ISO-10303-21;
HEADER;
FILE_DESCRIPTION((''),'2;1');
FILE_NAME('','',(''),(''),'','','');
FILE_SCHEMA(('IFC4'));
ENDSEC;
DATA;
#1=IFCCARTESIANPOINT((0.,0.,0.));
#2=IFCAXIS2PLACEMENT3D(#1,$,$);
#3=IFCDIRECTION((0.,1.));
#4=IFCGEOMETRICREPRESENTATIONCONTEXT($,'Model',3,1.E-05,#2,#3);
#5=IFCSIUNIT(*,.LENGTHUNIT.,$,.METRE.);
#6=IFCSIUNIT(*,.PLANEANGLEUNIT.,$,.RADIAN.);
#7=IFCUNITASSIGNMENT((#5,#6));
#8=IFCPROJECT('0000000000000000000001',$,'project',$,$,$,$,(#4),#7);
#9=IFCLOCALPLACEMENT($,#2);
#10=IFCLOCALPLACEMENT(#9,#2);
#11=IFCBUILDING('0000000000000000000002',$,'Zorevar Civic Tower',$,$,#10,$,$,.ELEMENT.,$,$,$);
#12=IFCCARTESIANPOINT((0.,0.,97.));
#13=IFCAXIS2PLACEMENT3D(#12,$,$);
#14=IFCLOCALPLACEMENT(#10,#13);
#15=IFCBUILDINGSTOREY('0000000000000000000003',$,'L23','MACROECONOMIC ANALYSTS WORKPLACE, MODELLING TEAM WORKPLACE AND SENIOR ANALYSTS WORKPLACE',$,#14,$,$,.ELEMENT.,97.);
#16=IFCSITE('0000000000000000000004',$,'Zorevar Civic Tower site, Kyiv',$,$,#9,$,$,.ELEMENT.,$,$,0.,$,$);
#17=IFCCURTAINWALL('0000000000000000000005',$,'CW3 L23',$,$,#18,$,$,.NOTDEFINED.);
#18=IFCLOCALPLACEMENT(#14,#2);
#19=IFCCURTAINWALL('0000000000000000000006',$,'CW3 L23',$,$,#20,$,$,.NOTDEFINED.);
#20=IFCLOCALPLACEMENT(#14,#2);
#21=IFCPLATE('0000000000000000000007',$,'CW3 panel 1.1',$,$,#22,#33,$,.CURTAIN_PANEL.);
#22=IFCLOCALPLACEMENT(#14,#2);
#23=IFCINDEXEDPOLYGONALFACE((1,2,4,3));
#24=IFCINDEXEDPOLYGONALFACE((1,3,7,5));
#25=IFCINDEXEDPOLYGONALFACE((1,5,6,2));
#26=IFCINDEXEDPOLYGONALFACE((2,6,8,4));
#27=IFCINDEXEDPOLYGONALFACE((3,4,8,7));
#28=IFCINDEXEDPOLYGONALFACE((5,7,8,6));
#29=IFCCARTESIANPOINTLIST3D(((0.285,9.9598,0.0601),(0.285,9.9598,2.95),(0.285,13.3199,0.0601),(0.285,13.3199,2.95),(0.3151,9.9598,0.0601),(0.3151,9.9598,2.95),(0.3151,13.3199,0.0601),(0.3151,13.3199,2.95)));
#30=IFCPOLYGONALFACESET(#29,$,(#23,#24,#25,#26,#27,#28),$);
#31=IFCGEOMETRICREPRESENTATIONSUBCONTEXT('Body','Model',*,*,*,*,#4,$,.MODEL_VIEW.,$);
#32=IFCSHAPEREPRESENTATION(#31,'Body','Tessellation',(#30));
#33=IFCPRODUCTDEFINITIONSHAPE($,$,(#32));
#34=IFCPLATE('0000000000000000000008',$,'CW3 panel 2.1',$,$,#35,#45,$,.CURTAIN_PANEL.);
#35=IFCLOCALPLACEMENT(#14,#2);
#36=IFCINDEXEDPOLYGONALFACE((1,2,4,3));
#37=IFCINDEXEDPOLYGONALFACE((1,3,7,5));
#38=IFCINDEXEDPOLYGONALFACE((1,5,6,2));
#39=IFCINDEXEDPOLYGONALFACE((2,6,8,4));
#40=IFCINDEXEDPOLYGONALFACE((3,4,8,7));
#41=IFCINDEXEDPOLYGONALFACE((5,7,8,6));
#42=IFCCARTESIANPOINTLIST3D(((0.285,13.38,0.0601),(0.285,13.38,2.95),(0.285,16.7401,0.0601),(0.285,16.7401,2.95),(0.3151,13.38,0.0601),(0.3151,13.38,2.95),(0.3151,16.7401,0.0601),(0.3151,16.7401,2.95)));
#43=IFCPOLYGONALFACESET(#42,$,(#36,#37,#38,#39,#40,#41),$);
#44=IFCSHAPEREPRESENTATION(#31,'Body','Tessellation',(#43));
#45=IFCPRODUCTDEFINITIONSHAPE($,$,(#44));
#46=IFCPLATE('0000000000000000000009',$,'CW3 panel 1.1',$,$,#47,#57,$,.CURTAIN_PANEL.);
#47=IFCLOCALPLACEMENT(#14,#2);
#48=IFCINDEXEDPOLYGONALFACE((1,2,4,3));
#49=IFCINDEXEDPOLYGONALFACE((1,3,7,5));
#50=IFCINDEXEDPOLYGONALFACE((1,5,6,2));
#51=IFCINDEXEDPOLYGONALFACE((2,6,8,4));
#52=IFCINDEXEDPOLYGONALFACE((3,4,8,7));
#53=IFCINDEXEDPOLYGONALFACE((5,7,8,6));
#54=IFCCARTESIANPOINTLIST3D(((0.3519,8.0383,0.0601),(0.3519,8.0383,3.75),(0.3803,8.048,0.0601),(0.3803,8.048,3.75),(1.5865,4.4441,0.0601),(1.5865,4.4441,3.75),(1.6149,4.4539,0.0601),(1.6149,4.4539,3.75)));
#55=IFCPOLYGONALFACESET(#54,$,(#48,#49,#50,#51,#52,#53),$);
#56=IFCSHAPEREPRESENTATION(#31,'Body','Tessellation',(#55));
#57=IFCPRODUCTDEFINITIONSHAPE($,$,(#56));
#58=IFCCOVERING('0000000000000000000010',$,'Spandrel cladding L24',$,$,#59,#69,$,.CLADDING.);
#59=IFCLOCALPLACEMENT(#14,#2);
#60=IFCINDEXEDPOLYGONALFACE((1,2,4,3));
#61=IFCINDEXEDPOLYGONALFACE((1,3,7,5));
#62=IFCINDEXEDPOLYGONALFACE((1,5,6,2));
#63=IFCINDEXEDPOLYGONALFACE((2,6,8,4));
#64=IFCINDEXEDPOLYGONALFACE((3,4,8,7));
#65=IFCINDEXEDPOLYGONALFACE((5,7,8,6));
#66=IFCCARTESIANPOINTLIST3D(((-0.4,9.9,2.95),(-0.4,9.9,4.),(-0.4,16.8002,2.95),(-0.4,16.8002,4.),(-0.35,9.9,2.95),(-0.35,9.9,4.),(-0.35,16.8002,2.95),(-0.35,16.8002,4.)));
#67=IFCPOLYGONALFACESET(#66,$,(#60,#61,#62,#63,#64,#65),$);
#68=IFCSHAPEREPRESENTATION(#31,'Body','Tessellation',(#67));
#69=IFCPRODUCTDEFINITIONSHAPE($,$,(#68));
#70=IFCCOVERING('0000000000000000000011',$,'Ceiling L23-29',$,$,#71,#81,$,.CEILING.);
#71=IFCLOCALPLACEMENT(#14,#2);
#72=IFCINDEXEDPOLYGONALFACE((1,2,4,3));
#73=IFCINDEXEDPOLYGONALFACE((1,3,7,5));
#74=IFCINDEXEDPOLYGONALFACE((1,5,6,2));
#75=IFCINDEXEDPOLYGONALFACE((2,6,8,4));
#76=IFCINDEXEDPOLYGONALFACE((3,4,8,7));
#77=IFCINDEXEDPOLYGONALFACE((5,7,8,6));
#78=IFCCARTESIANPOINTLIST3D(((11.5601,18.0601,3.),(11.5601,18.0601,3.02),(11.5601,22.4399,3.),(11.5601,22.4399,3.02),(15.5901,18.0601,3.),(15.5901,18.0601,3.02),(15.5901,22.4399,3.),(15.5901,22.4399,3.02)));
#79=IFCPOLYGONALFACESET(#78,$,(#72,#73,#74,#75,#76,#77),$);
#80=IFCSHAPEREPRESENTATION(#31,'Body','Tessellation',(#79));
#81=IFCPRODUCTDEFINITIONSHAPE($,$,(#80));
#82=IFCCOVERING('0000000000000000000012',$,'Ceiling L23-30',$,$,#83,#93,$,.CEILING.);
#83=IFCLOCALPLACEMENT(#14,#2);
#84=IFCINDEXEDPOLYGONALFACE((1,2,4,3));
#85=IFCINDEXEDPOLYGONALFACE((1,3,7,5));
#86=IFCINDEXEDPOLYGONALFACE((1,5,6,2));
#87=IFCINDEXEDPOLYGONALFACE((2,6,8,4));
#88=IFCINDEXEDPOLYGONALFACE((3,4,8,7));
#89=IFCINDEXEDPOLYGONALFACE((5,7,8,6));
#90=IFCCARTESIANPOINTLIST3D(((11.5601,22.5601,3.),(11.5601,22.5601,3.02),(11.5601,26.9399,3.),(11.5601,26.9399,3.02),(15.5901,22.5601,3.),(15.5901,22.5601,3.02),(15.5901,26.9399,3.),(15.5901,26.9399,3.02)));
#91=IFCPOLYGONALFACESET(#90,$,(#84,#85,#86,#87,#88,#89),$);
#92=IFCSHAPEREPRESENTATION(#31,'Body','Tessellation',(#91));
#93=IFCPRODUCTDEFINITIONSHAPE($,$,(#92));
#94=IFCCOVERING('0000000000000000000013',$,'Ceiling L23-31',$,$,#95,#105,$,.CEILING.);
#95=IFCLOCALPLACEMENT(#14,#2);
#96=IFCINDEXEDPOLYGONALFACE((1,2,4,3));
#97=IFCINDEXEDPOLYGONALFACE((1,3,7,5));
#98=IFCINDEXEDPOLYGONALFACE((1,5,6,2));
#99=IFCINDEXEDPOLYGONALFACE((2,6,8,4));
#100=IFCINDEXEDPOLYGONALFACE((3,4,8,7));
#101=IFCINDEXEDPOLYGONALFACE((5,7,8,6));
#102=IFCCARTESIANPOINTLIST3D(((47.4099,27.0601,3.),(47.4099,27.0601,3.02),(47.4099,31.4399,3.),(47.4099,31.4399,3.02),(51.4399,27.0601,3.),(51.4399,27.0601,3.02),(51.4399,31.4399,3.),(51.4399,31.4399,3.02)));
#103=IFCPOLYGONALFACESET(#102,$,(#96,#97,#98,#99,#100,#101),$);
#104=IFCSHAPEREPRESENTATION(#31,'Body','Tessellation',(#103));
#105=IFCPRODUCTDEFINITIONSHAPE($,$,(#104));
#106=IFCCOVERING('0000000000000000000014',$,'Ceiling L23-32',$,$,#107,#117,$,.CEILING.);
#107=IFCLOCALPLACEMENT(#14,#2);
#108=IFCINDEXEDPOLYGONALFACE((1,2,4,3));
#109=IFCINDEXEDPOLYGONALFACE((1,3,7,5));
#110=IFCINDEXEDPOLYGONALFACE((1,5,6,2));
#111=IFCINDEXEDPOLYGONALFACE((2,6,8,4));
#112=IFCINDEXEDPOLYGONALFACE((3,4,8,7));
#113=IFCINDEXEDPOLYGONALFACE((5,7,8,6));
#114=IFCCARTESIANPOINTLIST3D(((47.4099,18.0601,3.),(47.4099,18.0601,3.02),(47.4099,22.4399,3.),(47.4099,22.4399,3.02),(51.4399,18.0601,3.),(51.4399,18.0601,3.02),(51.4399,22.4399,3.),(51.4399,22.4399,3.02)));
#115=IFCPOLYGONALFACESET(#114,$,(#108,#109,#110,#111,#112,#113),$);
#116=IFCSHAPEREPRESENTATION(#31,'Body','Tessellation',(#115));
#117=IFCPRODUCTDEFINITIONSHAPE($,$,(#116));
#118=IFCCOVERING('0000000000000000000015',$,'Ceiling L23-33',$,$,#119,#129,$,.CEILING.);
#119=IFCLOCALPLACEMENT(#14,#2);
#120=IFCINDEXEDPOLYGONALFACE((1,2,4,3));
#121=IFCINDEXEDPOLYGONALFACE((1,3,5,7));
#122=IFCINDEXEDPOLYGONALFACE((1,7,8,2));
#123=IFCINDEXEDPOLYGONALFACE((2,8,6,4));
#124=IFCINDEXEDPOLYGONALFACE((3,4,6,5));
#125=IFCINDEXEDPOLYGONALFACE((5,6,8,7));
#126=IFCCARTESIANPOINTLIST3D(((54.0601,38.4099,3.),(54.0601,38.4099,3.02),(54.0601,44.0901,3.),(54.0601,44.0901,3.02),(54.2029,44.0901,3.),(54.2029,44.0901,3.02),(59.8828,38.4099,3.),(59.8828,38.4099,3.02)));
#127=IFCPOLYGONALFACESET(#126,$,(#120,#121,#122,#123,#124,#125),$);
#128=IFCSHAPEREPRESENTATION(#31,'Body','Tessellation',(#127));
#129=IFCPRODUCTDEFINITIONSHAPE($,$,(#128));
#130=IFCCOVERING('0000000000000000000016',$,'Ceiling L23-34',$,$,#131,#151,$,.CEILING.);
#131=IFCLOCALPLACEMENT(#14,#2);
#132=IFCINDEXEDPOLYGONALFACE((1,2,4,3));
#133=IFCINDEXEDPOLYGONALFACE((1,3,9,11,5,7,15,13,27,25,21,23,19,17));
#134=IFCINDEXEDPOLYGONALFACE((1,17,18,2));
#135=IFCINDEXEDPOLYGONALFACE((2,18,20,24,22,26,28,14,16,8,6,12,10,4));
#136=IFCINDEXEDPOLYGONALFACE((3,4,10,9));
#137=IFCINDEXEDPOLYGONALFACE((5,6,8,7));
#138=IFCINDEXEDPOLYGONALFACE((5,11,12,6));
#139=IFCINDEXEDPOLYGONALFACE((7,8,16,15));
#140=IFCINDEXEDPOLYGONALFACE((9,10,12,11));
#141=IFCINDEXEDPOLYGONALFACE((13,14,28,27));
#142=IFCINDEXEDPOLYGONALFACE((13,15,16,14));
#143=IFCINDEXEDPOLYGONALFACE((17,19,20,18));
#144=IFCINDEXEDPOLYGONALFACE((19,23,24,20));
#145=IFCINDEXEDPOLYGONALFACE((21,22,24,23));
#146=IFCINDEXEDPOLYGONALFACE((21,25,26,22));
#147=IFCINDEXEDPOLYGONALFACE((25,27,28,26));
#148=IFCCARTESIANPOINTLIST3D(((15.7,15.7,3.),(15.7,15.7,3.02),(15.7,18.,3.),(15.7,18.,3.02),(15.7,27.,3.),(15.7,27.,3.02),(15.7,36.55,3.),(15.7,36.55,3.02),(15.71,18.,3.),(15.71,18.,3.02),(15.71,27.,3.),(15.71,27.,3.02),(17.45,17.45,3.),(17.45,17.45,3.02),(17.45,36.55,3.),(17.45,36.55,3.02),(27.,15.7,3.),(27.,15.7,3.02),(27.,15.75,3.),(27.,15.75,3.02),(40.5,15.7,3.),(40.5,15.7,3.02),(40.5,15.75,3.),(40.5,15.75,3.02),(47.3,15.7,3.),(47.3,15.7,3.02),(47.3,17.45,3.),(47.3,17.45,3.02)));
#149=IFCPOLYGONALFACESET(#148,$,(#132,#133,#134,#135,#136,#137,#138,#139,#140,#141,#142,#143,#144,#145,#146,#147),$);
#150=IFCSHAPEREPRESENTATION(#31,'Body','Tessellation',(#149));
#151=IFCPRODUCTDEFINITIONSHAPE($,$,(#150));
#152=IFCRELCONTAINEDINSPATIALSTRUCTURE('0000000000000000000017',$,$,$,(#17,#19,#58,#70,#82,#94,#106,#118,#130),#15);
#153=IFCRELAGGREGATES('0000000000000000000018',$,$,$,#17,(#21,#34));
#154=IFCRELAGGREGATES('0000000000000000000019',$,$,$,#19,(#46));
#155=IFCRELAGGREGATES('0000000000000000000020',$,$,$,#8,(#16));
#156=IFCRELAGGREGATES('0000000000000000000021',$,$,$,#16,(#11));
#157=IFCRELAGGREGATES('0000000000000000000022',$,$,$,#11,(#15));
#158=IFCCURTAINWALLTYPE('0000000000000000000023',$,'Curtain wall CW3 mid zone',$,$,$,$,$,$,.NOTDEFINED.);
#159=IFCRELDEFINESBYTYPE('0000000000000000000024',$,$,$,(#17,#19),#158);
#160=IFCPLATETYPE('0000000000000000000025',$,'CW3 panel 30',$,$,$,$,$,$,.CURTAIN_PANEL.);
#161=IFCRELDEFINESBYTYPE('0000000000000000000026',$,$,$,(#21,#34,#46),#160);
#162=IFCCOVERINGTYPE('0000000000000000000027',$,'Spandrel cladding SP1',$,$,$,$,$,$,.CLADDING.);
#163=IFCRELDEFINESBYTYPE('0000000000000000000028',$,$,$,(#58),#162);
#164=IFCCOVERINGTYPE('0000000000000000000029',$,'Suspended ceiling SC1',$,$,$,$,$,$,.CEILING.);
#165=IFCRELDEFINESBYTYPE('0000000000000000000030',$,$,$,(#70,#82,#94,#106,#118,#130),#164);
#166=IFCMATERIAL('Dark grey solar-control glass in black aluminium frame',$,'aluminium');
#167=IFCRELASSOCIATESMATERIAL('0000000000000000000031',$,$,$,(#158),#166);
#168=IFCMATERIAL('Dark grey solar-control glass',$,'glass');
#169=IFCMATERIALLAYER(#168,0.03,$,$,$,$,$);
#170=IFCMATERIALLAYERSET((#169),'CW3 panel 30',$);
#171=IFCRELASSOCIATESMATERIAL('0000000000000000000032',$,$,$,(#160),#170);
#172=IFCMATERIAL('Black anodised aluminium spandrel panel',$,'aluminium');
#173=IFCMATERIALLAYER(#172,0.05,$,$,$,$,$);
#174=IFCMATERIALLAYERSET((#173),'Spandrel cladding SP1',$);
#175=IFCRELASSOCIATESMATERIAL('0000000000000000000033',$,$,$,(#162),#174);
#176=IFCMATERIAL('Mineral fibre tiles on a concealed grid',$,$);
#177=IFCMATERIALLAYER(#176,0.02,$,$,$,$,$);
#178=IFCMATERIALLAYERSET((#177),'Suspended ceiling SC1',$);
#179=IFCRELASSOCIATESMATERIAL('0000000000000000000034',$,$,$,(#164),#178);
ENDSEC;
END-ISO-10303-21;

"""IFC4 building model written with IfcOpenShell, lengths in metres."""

from ifc_helpers import new_model, si_unit, direction, frame, frame_2d, origin, origin_2d, place, context, subcontext, project, spatial, polyline, rectangle, outline, extrude, material, layer, layer_set, type_object, element, aggregate, save


model = new_model("IFC4")

# Units and contexts
model_context = context("Model", 3, precision=1e-05, world=origin(), true_north=direction((0.0, 1.0)))
body_context = subcontext(model_context, "Body", "Model", "MODEL_VIEW")
ifc_project = project(units=[si_unit("LENGTHUNIT", "METRE"), si_unit("PLANEANGLEUNIT", "RADIAN")], contexts=[model_context])

# Site, building, storey
site_placement = place(None, origin())
site = spatial("IfcSite", under=ifc_project, at=site_placement, Name="Zorevar Civic Tower site, Kyiv", CompositionType="ELEMENT", RefElevation=0.0)
building_placement = place(site_placement, origin())
building = spatial("IfcBuilding", under=site, at=building_placement, Name="Zorevar Civic Tower", CompositionType="ELEMENT")
storey_placement = place(building_placement, frame((0.0, 0.0, 97.0)))
storey = spatial("IfcBuildingStorey", under=building, at=storey_placement, Name="L23", Description="MACROECONOMIC ANALYSTS WORKPLACE, MODELLING TEAM WORKPLACE AND SENIOR ANALYSTS WORKPLACE", CompositionType="ELEMENT", Elevation=97.0)

# Curtain walls
ifc_material_1 = material(Name="Dark grey solar-control glass in black aluminium frame", Category="aluminium")
curtain_wall_type = type_object("IfcCurtainWallType", Name="Curtain wall CW3 mid zone", PredefinedType="NOTDEFINED", material=ifc_material_1)
curtain_wall_1_placement = place(storey_placement, origin())
curtain_wall_1 = element("IfcCurtainWall", 1, at=curtain_wall_1_placement, inside=storey, type_object=curtain_wall_type, Name="CW3 L23", PredefinedType="NOTDEFINED")
curtain_wall_2_placement = place(storey_placement, origin())
curtain_wall_2 = element("IfcCurtainWall", 2, at=curtain_wall_2_placement, inside=storey, type_object=curtain_wall_type, Name="CW3 L23", PredefinedType="NOTDEFINED")

# Plates
ifc_material_2 = material(Name="Dark grey solar-control glass", Category="glass")
ifc_layer_1 = layer(ifc_material_2, 0.03)
ifc_layer_set_1 = layer_set([ifc_layer_1], Name="CW3 panel 30")
plate_type = type_object("IfcPlateType", Name="CW3 panel 30", PredefinedType="CURTAIN_PANEL", material=ifc_layer_set_1)
plate_1_placement = place(storey_placement, frame((0.3, 11.6399, 0.0601), z_axis=(0.0, 0.0, 1.0), x_axis=(0.0, 1.0, 0.0)))
plate_1 = element("IfcPlate", 3, at=plate_1_placement, type_object=plate_type, Name="CW3 panel 1.1", PredefinedType="CURTAIN_PANEL", context=body_context, shape_type="SweptSolid", body=[
    extrude(rectangle(XDim=3.3601, YDim=0.03, at=origin_2d()), origin(), (0.0, 0.0, 1.0), 2.8899),
])
plate_2_placement = place(storey_placement, frame((0.3, 15.0601, 0.0601), z_axis=(0.0, 0.0, 1.0), x_axis=(0.0, 1.0, 0.0)))
plate_2 = element("IfcPlate", 4, at=plate_2_placement, type_object=plate_type, Name="CW3 panel 2.1", PredefinedType="CURTAIN_PANEL", context=body_context, shape_type="SweptSolid", body=[
    extrude(rectangle(XDim=3.3601, YDim=0.03, at=origin_2d()), origin(), (0.0, 0.0, 1.0), 2.8899),
])
aggregate(curtain_wall_1, [plate_1, plate_2])
plate_3_placement = place(storey_placement, frame((0.9834, 6.2461, 0.0601), z_axis=(0.0, 0.0, 1.0), x_axis=(0.324878, -0.945756, 0.0)))
plate_3 = element("IfcPlate", 5, at=plate_3_placement, type_object=plate_type, Name="CW3 panel 1.1", PredefinedType="CURTAIN_PANEL", context=body_context, shape_type="SweptSolid", body=[
    extrude(rectangle(XDim=3.8003, YDim=0.03, at=origin_2d()), origin(), (0.0, 0.0, 1.0), 3.6899),
])
aggregate(curtain_wall_2, [plate_3])

# Coverings
ifc_material_3 = material(Name="Black anodised aluminium spandrel panel", Category="aluminium")
ifc_layer_2 = layer(ifc_material_3, 0.05)
ifc_layer_set_2 = layer_set([ifc_layer_2], Name="Spandrel cladding SP1")
covering_type_1 = type_object("IfcCoveringType", Name="Spandrel cladding SP1", PredefinedType="CLADDING", material=ifc_layer_set_2)
covering_1_placement = place(storey_placement, frame((-0.375, 9.8999, 2.95), z_axis=(0.0, 0.0, 1.0), x_axis=(0.0, 1.0, 0.0)))
element("IfcCovering", 6, at=covering_1_placement, inside=storey, type_object=covering_type_1, Name="Spandrel cladding L24", PredefinedType="CLADDING", context=body_context, shape_type="SweptSolid", body=[
    extrude(rectangle(XDim=6.9001, YDim=0.05, at=frame_2d((3.4502, 0.0))), origin(), (0.0, 0.0, 1.0), 1.05),
])
ifc_material_4 = material(Name="Mineral fibre tiles on a concealed grid")
ifc_layer_3 = layer(ifc_material_4, 0.02)
ifc_layer_set_3 = layer_set([ifc_layer_3], Name="Suspended ceiling SC1")
covering_type_2 = type_object("IfcCoveringType", Name="Suspended ceiling SC1", PredefinedType="CEILING", material=ifc_layer_set_3)
covering_2_placement = place(storey_placement, frame((0.0, 0.0, 3.0)))
element("IfcCovering", 7, at=covering_2_placement, inside=storey, type_object=covering_type_2, Name="Ceiling L23-29", PredefinedType="CEILING", context=body_context, shape_type="SweptSolid", body=[
    extrude(outline(polyline([(15.5901, 22.4399), (15.5901, 18.0601), (11.5601, 18.0601), (11.5601, 22.4399), (15.5901, 22.4399)])), origin(), (0.0, 0.0, 1.0), 0.02),
])
covering_3_placement = place(storey_placement, frame((0.0, 0.0, 3.0)))
element("IfcCovering", 8, at=covering_3_placement, inside=storey, type_object=covering_type_2, Name="Ceiling L23-30", PredefinedType="CEILING", context=body_context, shape_type="SweptSolid", body=[
    extrude(outline(polyline([(11.5601, 26.9399), (15.5901, 26.9399), (15.5901, 22.5601), (11.5601, 22.5601), (11.5601, 26.9399)])), origin(), (0.0, 0.0, 1.0), 0.02),
])
covering_4_placement = place(storey_placement, frame((0.0, 0.0, 3.0)))
element("IfcCovering", 9, at=covering_4_placement, inside=storey, type_object=covering_type_2, Name="Ceiling L23-31", PredefinedType="CEILING", context=body_context, shape_type="SweptSolid", body=[
    extrude(outline(polyline([(51.4399, 31.4399), (51.4399, 27.0601), (47.4099, 27.0601), (47.4099, 31.4399), (51.4399, 31.4399)])), origin(), (0.0, 0.0, 1.0), 0.02),
])
covering_5_placement = place(storey_placement, frame((0.0, 0.0, 3.0)))
element("IfcCovering", 10, at=covering_5_placement, inside=storey, type_object=covering_type_2, Name="Ceiling L23-32", PredefinedType="CEILING", context=body_context, shape_type="SweptSolid", body=[
    extrude(outline(polyline([(51.4399, 18.0601), (47.4099, 18.0601), (47.4099, 22.4399), (51.4399, 22.4399), (51.4399, 18.0601)])), origin(), (0.0, 0.0, 1.0), 0.02),
])
covering_6_placement = place(storey_placement, frame((0.0, 0.0, 3.0)))
element("IfcCovering", 11, at=covering_6_placement, inside=storey, type_object=covering_type_2, Name="Ceiling L23-33", PredefinedType="CEILING", context=body_context, shape_type="SweptSolid", body=[
    extrude(outline(polyline([(54.0601, 38.4099), (54.0601, 44.0901), (54.2029, 44.0901), (59.8828, 38.4099), (54.0601, 38.4099)])), origin(), (0.0, 0.0, 1.0), 0.02),
])
covering_7_placement = place(storey_placement, frame((0.0, 0.0, 3.0)))
element("IfcCovering", 12, at=covering_7_placement, inside=storey, type_object=covering_type_2, Name="Ceiling L23-34", PredefinedType="CEILING", context=body_context, shape_type="SweptSolid", body=[
    extrude(outline(polyline([(47.3, 15.7), (40.5, 15.7), (40.5, 15.75), (27.0, 15.75), (27.0, 15.7), (15.7, 15.7), (15.7, 18.0), (15.71, 18.0), (15.71, 27.0), (15.7, 27.0), (15.7, 36.55), (17.45, 36.55), (17.45, 17.45), (47.3, 17.45), (47.3, 15.7)])), origin(), (0.0, 0.0, 1.0), 0.02),
])

save(model, "model.ifc")
